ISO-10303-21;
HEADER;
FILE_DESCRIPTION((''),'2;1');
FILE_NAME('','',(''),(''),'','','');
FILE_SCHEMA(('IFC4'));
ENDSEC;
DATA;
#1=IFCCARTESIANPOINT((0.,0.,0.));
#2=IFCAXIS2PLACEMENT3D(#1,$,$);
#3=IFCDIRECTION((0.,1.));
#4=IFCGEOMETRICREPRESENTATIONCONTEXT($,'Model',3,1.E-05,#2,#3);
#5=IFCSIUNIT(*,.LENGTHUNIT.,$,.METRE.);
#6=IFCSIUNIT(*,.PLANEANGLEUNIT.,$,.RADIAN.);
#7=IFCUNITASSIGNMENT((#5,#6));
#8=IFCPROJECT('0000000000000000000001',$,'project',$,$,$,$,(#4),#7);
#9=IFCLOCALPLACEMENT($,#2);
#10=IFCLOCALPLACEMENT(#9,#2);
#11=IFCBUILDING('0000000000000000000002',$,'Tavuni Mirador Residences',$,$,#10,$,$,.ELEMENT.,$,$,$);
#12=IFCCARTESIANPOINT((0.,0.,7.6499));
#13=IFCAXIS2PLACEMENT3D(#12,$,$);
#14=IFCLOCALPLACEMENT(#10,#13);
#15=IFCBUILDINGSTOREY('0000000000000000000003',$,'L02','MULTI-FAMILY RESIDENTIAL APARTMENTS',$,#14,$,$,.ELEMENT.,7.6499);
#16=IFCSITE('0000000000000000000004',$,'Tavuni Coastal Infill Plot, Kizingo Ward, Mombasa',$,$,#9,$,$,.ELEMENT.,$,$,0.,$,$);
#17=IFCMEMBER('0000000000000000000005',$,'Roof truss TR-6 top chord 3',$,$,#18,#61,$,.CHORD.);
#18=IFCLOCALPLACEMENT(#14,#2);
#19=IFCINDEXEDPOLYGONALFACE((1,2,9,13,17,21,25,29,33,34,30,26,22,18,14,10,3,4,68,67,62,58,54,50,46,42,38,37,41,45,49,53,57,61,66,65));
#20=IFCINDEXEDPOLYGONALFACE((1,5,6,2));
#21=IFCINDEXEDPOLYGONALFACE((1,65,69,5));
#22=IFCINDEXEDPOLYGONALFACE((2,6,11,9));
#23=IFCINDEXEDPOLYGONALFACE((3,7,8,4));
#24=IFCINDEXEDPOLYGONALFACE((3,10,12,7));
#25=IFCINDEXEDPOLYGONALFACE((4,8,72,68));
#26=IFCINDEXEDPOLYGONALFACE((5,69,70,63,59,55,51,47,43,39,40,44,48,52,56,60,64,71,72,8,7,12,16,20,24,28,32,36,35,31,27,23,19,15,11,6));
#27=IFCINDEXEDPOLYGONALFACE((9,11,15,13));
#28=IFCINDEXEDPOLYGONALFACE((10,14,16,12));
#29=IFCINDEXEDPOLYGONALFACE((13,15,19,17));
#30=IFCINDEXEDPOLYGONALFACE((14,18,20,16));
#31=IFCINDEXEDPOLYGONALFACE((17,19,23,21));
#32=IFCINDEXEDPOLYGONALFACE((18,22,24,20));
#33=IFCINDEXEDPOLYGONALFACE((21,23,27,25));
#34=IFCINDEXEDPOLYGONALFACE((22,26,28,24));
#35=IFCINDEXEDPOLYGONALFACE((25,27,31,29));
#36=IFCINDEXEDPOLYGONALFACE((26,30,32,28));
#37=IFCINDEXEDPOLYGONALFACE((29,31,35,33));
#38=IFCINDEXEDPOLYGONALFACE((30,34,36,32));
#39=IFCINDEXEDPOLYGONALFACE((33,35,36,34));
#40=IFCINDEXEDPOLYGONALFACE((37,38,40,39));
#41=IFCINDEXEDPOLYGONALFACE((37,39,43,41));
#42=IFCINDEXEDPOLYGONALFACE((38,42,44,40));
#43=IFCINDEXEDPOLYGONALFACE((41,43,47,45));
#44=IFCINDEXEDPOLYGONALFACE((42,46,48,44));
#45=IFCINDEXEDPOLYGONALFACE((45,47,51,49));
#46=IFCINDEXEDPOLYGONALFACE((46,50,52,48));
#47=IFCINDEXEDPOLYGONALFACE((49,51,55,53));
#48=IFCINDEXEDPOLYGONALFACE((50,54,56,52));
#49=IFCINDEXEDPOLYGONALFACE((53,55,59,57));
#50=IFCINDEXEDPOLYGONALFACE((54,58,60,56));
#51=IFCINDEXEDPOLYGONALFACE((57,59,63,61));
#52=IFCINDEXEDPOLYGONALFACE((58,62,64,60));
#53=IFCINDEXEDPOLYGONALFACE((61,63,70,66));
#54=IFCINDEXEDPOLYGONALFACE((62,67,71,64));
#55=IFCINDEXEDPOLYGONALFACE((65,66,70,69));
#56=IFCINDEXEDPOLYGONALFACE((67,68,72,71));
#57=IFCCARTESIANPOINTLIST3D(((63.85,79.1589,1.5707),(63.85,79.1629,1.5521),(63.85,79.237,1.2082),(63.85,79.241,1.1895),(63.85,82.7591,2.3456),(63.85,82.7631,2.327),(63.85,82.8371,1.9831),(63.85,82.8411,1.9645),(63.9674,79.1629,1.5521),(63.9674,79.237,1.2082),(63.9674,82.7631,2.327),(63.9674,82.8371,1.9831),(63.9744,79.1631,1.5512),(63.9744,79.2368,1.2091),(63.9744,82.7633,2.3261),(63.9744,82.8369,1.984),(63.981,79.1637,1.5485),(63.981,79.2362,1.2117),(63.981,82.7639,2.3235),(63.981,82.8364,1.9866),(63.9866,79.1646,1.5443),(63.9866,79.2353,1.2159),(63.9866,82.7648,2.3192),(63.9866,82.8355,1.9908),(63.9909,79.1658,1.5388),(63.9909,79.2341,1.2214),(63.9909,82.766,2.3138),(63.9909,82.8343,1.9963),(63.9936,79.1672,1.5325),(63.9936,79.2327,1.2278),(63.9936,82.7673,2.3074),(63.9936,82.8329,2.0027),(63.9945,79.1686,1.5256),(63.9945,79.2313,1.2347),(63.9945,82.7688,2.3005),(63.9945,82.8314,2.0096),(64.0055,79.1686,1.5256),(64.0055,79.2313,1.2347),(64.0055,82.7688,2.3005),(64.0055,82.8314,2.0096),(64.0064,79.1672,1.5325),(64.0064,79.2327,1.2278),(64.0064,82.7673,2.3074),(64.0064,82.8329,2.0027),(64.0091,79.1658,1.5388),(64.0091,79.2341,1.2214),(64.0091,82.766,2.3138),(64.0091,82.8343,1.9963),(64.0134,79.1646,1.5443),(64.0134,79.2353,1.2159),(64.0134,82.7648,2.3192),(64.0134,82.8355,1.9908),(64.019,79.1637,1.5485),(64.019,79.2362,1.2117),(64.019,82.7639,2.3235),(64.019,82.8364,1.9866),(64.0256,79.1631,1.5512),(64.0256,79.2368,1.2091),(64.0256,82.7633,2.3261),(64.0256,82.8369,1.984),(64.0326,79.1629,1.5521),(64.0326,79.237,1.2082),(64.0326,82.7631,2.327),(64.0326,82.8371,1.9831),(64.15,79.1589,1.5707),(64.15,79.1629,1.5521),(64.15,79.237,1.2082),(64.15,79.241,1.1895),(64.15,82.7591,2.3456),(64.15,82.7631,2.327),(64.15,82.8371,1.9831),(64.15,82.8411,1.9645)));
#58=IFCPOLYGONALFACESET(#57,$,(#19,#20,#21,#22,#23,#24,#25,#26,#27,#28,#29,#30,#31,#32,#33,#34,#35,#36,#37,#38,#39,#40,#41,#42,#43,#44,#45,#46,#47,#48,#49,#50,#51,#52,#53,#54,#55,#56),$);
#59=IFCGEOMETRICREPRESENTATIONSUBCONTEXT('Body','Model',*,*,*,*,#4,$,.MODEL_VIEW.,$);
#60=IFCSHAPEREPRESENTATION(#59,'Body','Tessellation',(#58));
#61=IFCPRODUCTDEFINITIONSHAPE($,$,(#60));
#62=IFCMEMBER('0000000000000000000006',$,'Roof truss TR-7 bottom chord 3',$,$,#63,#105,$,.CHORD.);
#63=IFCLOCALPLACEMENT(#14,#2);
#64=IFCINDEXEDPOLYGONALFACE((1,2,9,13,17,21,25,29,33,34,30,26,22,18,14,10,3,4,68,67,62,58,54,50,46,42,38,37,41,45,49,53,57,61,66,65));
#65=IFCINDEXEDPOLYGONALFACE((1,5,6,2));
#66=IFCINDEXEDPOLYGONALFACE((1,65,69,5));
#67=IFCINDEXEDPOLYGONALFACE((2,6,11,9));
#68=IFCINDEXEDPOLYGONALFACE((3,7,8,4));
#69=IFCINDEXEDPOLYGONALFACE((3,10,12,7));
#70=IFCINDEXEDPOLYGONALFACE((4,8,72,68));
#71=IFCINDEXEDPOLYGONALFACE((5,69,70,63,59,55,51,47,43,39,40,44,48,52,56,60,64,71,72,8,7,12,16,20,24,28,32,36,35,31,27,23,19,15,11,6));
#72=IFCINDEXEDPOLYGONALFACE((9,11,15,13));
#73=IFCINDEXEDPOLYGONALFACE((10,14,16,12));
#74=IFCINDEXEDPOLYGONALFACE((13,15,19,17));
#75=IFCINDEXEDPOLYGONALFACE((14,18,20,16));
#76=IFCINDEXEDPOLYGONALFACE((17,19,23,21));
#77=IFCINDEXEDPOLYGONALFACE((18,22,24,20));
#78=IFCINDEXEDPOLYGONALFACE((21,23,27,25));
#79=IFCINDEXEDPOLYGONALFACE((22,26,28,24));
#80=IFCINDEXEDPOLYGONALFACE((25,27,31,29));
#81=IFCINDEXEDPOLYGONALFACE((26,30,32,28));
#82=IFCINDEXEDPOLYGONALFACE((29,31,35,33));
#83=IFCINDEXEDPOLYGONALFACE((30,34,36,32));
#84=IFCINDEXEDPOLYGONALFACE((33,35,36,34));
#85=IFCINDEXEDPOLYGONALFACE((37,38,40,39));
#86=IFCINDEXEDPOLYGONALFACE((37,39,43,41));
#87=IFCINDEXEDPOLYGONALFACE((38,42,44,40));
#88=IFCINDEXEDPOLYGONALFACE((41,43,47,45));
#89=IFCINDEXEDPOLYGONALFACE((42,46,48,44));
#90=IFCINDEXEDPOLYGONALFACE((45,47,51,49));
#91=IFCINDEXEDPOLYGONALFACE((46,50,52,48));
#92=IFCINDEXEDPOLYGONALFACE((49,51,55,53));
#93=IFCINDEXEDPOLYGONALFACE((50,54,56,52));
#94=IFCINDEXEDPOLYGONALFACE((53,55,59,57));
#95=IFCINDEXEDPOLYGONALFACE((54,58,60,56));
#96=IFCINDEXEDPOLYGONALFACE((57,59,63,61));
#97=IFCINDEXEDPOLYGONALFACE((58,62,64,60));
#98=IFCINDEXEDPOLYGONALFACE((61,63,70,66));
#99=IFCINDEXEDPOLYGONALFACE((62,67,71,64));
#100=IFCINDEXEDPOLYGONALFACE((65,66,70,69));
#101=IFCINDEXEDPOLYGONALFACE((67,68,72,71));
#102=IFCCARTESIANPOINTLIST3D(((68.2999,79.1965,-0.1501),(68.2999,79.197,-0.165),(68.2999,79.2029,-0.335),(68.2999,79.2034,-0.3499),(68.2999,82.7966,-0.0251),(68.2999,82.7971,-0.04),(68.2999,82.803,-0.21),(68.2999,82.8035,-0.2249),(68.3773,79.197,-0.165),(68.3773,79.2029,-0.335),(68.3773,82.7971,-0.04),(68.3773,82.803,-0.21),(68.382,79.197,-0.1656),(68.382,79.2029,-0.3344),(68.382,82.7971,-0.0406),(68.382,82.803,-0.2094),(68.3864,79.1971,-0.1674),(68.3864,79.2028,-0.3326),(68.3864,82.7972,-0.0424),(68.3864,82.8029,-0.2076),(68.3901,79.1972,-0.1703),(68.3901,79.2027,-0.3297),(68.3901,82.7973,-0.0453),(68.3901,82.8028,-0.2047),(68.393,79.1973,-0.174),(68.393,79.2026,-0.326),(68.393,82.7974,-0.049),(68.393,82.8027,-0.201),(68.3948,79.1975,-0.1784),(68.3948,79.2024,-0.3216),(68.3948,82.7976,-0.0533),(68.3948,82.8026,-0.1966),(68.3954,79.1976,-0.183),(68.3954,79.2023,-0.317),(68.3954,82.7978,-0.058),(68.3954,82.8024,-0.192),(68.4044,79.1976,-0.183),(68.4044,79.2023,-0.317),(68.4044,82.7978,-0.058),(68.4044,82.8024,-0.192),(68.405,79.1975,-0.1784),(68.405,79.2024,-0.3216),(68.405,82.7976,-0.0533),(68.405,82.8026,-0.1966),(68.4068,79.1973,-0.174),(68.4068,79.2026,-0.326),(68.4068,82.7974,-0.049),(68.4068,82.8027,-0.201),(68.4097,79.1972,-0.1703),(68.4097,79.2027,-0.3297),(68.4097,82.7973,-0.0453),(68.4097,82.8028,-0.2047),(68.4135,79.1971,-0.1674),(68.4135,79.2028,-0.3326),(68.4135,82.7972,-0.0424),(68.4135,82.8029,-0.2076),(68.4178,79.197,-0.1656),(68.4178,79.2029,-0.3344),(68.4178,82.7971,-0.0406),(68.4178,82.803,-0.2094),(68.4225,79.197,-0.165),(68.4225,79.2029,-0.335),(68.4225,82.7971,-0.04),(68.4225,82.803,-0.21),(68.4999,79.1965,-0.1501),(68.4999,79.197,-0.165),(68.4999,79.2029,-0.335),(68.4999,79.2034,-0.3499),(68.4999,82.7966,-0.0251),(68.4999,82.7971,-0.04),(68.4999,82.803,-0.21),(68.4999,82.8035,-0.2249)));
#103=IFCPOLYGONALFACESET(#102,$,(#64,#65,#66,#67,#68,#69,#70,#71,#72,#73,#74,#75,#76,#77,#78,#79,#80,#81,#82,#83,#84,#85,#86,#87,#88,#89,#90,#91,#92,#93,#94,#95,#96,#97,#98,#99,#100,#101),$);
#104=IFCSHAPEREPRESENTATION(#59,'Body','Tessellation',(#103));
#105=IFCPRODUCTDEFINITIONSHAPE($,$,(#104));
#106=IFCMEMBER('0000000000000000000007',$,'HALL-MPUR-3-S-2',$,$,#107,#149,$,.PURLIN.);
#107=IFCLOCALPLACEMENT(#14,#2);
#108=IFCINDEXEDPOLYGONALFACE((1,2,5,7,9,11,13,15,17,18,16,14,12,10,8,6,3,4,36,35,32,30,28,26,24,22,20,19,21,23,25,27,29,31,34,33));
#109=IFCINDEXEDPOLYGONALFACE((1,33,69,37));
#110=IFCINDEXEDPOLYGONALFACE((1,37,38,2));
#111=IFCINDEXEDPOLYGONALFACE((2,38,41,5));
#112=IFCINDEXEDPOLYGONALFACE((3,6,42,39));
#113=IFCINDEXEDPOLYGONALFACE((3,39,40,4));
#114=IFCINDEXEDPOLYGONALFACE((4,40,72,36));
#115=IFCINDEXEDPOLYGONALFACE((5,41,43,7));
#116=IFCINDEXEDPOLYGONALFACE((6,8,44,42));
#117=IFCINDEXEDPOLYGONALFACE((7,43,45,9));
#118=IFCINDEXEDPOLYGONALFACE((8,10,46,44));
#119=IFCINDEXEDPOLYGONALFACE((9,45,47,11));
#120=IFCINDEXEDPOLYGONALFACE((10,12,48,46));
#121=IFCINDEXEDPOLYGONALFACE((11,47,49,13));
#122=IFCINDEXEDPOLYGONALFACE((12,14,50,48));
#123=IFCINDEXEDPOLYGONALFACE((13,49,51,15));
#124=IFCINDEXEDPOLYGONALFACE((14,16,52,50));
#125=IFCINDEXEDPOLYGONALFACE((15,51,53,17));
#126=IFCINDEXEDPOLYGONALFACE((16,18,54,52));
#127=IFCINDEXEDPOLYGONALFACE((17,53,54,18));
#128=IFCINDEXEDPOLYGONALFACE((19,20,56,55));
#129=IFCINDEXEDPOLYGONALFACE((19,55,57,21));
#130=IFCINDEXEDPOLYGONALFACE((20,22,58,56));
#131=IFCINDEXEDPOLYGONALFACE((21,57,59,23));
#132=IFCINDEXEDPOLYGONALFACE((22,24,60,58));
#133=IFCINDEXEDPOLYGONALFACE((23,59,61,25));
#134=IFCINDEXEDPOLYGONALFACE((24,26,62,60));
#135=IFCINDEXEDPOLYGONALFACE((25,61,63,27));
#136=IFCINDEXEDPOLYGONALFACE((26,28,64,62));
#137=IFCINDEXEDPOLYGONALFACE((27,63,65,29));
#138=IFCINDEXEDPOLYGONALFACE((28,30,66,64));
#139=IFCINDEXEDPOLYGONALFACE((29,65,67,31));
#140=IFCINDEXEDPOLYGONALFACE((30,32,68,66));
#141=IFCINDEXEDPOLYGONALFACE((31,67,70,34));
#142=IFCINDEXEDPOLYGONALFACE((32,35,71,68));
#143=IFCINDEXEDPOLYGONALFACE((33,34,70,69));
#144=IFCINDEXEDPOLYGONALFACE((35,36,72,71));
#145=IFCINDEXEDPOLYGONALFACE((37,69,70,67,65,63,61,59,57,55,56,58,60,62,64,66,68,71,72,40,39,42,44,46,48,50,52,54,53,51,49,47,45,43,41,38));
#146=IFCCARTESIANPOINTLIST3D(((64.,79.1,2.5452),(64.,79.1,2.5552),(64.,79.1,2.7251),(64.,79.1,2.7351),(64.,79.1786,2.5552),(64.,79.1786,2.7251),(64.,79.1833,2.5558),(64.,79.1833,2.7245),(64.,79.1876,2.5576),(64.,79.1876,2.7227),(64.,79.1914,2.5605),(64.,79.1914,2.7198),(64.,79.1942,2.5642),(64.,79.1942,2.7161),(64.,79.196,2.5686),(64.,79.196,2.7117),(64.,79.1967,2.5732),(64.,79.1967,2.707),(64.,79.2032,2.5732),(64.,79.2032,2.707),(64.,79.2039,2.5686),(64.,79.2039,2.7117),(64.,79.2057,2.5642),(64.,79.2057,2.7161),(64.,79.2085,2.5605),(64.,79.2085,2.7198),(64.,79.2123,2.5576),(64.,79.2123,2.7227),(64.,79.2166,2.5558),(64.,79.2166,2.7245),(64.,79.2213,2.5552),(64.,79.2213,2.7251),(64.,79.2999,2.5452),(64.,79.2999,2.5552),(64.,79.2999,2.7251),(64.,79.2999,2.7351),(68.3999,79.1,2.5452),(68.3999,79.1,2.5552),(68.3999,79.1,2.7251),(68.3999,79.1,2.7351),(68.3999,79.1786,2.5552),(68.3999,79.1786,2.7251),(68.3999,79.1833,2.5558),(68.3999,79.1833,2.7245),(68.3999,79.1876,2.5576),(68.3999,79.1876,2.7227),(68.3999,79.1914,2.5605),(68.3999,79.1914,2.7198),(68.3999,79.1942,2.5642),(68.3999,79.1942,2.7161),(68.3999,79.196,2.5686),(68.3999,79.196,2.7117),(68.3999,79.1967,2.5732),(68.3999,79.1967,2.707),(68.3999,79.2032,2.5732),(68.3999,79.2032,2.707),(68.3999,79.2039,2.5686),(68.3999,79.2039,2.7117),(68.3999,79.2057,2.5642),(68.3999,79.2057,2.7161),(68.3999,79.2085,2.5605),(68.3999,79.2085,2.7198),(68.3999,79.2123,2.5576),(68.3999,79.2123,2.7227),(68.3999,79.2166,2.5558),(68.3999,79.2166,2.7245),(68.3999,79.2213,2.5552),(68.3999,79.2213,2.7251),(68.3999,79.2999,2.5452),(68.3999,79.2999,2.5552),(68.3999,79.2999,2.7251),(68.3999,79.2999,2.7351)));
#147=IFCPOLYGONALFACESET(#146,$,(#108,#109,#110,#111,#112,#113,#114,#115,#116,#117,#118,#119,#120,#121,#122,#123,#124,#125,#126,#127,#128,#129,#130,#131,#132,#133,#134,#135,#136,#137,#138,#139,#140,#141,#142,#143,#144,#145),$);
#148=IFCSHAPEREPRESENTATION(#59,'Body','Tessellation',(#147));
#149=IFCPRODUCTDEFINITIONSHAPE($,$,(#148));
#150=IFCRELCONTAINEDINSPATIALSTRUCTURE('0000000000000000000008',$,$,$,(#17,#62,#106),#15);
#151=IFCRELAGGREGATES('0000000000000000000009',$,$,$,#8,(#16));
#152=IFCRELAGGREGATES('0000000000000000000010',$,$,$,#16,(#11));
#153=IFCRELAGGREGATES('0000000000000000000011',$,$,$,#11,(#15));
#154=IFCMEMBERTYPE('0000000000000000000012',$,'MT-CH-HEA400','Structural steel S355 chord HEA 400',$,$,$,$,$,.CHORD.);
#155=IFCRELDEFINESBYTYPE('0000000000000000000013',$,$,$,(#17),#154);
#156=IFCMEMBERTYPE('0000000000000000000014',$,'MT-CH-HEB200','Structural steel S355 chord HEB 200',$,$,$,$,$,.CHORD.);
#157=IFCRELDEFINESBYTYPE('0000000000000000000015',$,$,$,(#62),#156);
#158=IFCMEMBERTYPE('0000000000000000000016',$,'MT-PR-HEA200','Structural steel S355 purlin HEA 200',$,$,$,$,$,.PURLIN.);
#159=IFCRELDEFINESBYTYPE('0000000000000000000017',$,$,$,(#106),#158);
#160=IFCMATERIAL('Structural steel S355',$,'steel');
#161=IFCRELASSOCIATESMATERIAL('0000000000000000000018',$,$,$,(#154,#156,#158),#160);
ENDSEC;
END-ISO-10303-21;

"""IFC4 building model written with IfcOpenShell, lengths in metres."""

from ifc_helpers import new_model, si_unit, direction, frame, origin, origin_2d, place, context, subcontext, project, spatial, i_section, extrude, material, material_profile, profile_set, type_object, element, save


model = new_model("IFC4")

# Units and contexts
model_context = context("Model", 3, precision=1e-05, world=origin(), true_north=direction((0.0, 1.0)))
body_context = subcontext(model_context, "Body", "Model", "MODEL_VIEW")
ifc_project = project(units=[si_unit("LENGTHUNIT", "METRE"), si_unit("PLANEANGLEUNIT", "RADIAN")], contexts=[model_context])

# Site, building, storey
site_placement = place(None, origin())
site = spatial("IfcSite", under=ifc_project, at=site_placement, Name="Tavuni Coastal Infill Plot, Kizingo Ward, Mombasa", CompositionType="ELEMENT", RefElevation=0.0)
building_placement = place(site_placement, origin())
building = spatial("IfcBuilding", under=site, at=building_placement, Name="Tavuni Mirador Residences", CompositionType="ELEMENT")
storey_placement = place(building_placement, frame((0.0, 0.0, 7.6499)))
storey = spatial("IfcBuildingStorey", under=building, at=storey_placement, Name="L02", Description="MULTI-FAMILY RESIDENTIAL APARTMENTS", CompositionType="ELEMENT", Elevation=7.6499)

# Members
ifc_material_1 = material(Name="Structural steel S355", Category="steel")
ifc_material_profile_1 = material_profile(ifc_material_1, i_section(OverallWidth=0.3, OverallDepth=0.3899, WebThickness=0.011, FlangeThickness=0.019, FilletRadius=0.0271, at=origin_2d()), Name="HEA 400", Category="steel")
ifc_profile_set_1 = profile_set([ifc_material_profile_1], Name="Structural steel S355")
member_type_1 = type_object("IfcMemberType", Name="MT-CH-HEA400", Description="Structural steel S355 chord HEA 400", PredefinedType="CHORD", material=ifc_profile_set_1)
member_1_placement = place(storey_placement, frame((64.0, 79.2, 1.3801), z_axis=(0.0, 0.97761, 0.210425), x_axis=(-1.0, 0.0, 0.0)))
element("IfcMember", 1, at=member_1_placement, inside=storey, type_object=member_type_1, Name="Roof truss TR-6 top chord 3", PredefinedType="CHORD", context=body_context, shape_type="SweptSolid", body=[
    extrude(i_section(OverallWidth=0.3, OverallDepth=0.3899, WebThickness=0.011, FlangeThickness=0.019, FilletRadius=0.0271, at=origin_2d()), origin(), (0.0, 0.0, 1.0), 3.6826),
])
ifc_material_profile_2 = material_profile(ifc_material_1, i_section(OverallWidth=0.2, OverallDepth=0.2, WebThickness=0.009, FlangeThickness=0.0149, FilletRadius=0.0181, at=origin_2d()), Name="HEB 200", Category="steel")
ifc_profile_set_2 = profile_set([ifc_material_profile_2], Name="Structural steel S355")
member_type_2 = type_object("IfcMemberType", Name="MT-CH-HEB200", Description="Structural steel S355 chord HEB 200", PredefinedType="CHORD", material=ifc_profile_set_2)
member_2_placement = place(storey_placement, frame((68.3999, 79.2, -0.25), z_axis=(0.0, 0.999398, 0.0347), x_axis=(-1.0, 0.0, 0.0)))
element("IfcMember", 2, at=member_2_placement, inside=storey, type_object=member_type_2, Name="Roof truss TR-7 bottom chord 3", PredefinedType="CHORD", context=body_context, shape_type="SweptSolid", body=[
    extrude(i_section(OverallWidth=0.2, OverallDepth=0.2, WebThickness=0.009, FlangeThickness=0.0149, FilletRadius=0.0181, at=origin_2d()), origin(), (0.0, 0.0, 1.0), 3.6023),
])
ifc_material_profile_3 = material_profile(ifc_material_1, i_section(OverallWidth=0.2, OverallDepth=0.1899, WebThickness=0.0066, FlangeThickness=0.01, FilletRadius=0.0181, at=origin_2d()), Name="HEA 200", Category="steel")
ifc_profile_set_3 = profile_set([ifc_material_profile_3], Name="Structural steel S355")
member_type_3 = type_object("IfcMemberType", Name="MT-PR-HEA200", Description="Structural steel S355 purlin HEA 200", PredefinedType="PURLIN", material=ifc_profile_set_3)
member_3_placement = place(storey_placement, frame((64.0, 79.2, 2.6401), z_axis=(1.0, 0.0, 0.0), x_axis=(0.0, 1.0, 0.0)))
element("IfcMember", 3, at=member_3_placement, inside=storey, type_object=member_type_3, Name="HALL-MPUR-3-S-2", PredefinedType="PURLIN", context=body_context, shape_type="SweptSolid", body=[
    extrude(i_section(OverallWidth=0.2, OverallDepth=0.1899, WebThickness=0.0066, FlangeThickness=0.01, FilletRadius=0.0181, at=origin_2d()), origin(), (0.0, 0.0, 1.0), 4.3999),
])

save(model, "model.ifc")
